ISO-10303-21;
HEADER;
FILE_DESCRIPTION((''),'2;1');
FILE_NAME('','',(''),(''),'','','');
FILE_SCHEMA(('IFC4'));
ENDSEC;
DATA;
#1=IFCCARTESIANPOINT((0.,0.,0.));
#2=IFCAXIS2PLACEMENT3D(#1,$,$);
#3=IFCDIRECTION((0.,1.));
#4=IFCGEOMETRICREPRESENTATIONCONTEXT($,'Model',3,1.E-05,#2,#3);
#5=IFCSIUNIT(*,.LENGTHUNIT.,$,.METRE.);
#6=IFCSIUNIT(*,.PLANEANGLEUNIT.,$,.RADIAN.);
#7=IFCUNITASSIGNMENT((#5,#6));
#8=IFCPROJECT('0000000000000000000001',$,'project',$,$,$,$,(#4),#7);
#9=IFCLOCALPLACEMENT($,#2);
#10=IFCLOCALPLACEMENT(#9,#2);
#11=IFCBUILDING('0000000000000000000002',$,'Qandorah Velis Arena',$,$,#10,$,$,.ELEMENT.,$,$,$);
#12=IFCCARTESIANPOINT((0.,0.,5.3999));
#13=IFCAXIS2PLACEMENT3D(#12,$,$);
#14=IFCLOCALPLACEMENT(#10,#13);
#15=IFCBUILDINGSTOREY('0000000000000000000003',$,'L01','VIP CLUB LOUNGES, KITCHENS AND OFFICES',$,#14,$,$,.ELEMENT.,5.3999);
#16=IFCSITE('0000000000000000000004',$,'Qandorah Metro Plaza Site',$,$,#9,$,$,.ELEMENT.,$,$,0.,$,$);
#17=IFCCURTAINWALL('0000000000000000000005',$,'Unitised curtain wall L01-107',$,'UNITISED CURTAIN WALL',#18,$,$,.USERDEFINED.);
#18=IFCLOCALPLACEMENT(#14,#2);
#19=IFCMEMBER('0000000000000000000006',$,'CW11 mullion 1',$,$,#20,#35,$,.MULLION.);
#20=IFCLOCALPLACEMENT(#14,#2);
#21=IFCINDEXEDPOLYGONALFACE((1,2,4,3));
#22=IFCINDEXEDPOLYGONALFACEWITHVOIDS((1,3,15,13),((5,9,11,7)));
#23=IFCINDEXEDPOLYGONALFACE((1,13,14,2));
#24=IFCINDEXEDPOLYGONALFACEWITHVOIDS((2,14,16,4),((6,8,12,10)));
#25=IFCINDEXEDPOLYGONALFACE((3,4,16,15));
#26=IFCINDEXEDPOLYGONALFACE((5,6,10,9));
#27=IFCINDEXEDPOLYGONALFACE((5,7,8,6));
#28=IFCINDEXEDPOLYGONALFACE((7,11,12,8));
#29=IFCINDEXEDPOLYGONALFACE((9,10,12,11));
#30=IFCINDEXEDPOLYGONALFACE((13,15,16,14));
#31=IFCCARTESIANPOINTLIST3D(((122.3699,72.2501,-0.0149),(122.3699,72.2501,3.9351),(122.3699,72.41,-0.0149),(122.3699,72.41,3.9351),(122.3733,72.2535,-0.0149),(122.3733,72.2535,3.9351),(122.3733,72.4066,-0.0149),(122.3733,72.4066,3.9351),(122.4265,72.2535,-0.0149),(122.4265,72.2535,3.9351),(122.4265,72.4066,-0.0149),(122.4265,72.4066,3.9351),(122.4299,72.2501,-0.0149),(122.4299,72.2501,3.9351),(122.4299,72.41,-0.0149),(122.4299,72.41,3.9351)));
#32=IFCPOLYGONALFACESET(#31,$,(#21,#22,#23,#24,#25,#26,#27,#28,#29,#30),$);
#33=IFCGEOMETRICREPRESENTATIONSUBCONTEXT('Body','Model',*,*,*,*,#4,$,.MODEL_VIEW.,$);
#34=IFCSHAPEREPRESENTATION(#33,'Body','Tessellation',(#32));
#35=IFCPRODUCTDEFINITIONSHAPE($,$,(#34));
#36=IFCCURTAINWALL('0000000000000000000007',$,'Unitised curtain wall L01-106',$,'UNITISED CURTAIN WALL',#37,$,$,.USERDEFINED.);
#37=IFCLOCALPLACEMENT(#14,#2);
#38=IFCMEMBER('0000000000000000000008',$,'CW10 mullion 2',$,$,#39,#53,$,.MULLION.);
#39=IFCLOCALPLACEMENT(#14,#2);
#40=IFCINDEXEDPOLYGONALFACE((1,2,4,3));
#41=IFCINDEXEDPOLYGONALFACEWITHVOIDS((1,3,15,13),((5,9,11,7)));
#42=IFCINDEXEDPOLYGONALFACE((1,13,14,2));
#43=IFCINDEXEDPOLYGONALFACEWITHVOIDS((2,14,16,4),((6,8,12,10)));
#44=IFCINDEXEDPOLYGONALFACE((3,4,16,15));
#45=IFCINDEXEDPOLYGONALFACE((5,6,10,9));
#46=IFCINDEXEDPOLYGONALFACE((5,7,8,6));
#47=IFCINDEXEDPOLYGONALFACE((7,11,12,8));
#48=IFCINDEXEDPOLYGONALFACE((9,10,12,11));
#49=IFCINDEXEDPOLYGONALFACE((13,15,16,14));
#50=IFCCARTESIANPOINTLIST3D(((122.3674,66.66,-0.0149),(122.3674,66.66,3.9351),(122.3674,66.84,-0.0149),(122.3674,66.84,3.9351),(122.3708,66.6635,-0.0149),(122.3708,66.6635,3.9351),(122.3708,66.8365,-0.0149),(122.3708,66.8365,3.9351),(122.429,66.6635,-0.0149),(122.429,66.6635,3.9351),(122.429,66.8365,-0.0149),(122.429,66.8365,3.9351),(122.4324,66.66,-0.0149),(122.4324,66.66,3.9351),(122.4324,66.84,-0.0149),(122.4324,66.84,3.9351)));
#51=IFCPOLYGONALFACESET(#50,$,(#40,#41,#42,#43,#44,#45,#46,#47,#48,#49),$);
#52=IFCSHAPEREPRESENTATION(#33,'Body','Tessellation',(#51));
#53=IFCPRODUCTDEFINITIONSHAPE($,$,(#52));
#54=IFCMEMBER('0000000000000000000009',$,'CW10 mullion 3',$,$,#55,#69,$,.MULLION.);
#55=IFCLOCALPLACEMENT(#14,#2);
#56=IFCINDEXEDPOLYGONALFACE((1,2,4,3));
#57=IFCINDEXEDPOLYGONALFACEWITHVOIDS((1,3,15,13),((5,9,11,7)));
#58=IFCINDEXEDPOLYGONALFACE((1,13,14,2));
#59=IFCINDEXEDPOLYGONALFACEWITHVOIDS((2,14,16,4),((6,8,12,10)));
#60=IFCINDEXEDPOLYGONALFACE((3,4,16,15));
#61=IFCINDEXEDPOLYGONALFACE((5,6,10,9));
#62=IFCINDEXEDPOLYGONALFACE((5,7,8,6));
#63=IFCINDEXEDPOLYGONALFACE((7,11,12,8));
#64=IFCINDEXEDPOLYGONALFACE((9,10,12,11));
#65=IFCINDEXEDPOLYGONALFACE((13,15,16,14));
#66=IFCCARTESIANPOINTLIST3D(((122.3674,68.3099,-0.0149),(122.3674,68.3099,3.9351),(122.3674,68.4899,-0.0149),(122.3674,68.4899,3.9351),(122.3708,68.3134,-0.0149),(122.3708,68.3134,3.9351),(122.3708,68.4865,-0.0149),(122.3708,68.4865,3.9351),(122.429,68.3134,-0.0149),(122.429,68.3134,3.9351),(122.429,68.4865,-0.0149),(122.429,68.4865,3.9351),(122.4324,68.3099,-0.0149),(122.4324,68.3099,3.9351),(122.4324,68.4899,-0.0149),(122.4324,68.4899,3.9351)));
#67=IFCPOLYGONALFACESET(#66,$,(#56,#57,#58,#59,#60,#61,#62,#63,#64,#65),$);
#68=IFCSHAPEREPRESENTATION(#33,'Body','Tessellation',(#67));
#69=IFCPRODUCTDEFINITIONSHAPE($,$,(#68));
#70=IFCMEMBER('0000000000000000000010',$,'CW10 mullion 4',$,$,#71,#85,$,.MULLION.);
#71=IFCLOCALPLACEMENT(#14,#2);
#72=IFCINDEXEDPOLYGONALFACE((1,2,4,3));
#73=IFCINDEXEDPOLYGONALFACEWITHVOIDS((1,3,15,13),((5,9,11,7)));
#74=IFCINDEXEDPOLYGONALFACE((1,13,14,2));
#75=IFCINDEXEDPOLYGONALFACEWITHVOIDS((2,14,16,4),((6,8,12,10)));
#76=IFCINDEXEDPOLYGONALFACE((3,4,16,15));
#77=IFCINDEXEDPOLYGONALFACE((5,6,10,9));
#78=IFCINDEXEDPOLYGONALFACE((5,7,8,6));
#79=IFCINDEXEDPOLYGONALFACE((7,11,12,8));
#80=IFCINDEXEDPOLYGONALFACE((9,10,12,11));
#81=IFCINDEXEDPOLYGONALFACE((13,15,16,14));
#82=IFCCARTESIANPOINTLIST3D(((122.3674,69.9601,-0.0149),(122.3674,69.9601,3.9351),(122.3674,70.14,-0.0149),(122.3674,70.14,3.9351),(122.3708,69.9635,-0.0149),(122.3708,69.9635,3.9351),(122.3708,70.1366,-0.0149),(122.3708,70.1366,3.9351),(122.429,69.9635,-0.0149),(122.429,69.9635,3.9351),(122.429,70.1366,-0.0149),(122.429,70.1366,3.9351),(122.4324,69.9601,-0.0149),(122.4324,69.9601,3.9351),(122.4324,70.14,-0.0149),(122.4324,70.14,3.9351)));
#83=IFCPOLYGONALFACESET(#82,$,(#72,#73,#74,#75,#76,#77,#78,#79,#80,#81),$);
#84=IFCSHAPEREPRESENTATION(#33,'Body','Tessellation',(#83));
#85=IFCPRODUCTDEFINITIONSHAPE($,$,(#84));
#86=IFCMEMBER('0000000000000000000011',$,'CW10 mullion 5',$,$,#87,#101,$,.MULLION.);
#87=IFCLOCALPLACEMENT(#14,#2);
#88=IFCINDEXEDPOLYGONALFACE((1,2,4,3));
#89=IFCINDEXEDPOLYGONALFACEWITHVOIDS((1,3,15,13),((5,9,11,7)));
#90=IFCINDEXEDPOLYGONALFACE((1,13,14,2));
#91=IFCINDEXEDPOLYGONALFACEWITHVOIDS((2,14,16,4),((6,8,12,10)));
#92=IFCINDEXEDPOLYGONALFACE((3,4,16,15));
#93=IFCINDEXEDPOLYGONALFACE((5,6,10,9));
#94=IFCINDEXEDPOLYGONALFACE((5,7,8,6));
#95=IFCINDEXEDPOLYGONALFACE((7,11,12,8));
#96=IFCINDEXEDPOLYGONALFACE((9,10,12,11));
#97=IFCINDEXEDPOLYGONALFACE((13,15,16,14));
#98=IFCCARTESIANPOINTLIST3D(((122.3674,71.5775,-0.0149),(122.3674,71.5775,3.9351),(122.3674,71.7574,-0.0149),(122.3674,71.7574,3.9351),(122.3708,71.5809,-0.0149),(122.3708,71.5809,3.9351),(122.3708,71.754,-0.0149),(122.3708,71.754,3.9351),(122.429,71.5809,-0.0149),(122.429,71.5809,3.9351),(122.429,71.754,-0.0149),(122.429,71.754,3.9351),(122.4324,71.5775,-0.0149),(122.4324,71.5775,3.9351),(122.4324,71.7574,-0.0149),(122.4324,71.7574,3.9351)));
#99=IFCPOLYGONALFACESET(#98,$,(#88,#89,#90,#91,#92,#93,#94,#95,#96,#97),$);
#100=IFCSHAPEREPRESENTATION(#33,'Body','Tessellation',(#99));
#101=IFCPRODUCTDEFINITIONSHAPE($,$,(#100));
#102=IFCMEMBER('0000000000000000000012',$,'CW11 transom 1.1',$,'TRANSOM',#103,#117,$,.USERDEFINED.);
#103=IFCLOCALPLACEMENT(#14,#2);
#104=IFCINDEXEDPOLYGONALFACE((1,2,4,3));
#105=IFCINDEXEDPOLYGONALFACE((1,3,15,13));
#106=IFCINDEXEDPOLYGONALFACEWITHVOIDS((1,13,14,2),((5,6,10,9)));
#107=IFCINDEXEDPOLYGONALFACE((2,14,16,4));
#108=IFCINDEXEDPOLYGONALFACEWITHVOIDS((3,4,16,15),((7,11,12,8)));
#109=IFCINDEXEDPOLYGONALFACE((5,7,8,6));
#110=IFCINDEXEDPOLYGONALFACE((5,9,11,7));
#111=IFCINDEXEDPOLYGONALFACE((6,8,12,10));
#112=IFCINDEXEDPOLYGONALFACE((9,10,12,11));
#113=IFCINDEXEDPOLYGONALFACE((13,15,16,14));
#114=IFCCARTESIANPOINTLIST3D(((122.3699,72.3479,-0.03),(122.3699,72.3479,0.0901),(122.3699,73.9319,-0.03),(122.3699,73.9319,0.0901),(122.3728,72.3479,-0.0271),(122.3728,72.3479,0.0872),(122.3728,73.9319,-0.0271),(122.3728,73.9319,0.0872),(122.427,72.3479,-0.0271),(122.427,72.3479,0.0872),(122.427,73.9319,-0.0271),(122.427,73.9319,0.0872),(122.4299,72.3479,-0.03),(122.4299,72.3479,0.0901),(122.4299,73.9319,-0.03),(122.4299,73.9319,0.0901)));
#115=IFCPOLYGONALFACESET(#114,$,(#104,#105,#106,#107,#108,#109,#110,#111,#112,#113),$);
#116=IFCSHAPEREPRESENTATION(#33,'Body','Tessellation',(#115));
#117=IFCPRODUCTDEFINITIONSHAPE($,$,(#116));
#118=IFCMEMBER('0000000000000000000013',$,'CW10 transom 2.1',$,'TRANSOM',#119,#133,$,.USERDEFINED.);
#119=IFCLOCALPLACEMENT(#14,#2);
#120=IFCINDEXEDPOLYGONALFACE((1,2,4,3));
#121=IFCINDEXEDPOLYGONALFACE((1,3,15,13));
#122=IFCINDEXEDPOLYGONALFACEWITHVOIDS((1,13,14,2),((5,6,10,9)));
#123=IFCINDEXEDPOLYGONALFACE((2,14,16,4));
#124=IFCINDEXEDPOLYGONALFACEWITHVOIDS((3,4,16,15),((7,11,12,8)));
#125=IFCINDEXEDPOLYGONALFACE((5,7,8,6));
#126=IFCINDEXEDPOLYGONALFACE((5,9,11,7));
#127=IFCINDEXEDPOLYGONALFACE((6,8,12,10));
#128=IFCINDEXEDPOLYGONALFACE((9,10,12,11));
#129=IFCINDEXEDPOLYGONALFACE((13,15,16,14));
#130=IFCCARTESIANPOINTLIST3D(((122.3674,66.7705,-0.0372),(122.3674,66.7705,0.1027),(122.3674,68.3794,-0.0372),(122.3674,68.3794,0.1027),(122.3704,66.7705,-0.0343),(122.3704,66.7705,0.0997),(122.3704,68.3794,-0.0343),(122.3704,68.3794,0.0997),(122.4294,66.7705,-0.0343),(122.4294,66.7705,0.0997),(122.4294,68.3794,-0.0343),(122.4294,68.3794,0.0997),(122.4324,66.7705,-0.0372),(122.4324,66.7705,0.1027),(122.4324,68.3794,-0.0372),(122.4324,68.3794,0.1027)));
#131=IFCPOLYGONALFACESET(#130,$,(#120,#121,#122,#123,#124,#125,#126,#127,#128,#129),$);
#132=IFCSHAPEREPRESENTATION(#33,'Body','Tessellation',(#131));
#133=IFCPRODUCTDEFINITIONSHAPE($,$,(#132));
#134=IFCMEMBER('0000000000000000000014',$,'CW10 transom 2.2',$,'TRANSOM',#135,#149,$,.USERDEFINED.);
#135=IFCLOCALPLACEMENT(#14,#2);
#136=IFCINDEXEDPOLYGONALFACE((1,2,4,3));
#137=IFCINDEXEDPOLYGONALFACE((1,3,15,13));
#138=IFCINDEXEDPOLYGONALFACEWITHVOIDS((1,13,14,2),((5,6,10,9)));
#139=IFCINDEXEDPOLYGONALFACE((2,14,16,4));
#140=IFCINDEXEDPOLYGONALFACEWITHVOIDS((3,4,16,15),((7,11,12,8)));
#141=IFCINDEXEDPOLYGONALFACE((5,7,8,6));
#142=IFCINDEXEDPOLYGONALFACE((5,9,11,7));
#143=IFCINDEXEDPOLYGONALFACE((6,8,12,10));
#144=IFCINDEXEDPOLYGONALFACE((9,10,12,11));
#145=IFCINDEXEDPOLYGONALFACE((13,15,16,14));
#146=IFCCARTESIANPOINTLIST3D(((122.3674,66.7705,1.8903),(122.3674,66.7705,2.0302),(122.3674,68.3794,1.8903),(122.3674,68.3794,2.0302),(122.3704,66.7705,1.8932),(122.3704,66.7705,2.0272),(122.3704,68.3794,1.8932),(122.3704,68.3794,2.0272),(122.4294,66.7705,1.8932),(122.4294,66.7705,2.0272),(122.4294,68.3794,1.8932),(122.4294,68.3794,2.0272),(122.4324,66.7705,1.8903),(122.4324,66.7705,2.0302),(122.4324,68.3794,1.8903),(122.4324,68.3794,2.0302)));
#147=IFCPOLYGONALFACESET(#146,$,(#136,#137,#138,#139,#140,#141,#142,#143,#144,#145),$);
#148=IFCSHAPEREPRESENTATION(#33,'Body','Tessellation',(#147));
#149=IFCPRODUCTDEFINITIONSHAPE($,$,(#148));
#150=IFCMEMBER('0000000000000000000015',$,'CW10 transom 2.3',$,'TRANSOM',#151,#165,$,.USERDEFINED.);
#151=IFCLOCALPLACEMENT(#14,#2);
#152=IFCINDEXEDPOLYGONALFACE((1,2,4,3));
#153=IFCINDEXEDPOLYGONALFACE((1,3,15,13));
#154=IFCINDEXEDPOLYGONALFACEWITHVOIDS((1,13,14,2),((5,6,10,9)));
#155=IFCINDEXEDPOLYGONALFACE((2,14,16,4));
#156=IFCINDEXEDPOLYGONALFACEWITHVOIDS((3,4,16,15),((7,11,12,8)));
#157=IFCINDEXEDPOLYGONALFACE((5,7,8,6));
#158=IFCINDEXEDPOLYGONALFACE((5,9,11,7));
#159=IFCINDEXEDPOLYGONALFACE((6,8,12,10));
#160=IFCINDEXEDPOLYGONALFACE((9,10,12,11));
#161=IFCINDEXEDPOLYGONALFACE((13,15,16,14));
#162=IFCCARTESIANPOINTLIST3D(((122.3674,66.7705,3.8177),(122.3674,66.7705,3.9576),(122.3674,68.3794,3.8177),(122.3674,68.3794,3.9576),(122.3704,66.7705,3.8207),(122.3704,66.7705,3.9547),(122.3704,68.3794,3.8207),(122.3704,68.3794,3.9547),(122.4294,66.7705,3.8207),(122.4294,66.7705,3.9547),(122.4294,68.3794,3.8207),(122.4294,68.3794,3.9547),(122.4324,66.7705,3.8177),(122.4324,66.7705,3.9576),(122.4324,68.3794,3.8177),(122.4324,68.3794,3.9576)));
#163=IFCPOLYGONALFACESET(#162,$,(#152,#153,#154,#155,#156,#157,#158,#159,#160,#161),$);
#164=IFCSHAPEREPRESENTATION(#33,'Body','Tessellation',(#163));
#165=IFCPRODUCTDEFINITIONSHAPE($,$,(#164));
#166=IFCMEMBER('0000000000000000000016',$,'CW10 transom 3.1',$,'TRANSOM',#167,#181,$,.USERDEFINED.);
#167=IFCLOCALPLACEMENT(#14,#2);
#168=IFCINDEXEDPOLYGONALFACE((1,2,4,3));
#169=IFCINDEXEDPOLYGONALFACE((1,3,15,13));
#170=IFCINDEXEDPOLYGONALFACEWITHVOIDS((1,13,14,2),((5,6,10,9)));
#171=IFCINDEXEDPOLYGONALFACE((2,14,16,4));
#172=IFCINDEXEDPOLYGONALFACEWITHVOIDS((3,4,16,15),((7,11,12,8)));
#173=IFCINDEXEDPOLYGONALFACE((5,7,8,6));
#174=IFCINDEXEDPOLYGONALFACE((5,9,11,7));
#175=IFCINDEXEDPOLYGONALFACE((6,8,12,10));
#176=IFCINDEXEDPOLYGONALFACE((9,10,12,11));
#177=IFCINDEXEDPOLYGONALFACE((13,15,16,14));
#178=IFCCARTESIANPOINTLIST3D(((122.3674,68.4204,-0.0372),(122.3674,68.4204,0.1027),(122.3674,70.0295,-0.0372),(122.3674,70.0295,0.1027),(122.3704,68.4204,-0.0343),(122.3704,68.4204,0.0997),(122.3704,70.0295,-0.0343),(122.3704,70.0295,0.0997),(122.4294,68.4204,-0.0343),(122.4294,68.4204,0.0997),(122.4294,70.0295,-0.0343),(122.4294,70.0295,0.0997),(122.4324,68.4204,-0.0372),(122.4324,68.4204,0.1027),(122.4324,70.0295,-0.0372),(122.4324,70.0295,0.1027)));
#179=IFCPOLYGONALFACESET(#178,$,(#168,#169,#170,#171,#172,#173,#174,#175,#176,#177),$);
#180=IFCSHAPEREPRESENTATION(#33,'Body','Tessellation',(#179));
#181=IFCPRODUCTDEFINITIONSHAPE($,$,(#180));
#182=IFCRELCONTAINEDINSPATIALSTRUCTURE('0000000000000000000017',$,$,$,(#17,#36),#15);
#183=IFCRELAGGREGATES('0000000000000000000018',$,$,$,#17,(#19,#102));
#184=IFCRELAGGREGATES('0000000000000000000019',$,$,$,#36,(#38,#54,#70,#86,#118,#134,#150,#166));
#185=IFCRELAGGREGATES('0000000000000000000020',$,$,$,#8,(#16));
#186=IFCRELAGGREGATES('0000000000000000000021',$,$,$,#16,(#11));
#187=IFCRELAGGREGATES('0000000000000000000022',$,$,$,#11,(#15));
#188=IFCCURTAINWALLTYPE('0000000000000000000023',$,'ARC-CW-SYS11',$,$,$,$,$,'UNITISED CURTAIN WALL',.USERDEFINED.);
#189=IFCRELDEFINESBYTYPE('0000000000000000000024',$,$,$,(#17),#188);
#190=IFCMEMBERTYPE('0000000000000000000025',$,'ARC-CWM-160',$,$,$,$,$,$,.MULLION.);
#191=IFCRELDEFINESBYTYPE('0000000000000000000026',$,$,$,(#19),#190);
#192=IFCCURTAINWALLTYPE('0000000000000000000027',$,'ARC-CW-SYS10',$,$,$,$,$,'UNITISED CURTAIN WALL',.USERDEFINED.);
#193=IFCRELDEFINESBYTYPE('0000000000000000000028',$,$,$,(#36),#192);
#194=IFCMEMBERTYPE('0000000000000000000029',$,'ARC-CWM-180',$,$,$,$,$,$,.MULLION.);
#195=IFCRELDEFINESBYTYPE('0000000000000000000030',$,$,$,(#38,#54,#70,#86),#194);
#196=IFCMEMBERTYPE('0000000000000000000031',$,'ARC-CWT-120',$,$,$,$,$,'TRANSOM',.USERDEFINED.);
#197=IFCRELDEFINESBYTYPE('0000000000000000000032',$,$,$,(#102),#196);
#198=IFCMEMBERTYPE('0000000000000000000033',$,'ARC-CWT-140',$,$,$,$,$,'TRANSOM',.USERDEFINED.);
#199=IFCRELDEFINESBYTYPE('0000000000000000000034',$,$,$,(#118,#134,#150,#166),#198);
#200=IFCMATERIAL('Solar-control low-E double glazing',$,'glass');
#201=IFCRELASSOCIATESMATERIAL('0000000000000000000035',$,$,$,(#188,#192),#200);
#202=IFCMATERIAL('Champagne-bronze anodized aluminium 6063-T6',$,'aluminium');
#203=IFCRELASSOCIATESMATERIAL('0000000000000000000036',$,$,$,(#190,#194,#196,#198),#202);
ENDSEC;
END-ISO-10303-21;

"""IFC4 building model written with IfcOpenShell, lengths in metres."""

from ifc_helpers import new_model, si_unit, direction, frame, origin, origin_2d, place, context, subcontext, project, spatial, hollow_rectangle, extrude, material, material_profile, profile_set, type_object, element, aggregate, save


model = new_model("IFC4")

# Units and contexts
model_context = context("Model", 3, precision=1e-05, world=origin(), true_north=direction((0.0, 1.0)))
body_context = subcontext(model_context, "Body", "Model", "MODEL_VIEW")
ifc_project = project(units=[si_unit("LENGTHUNIT", "METRE"), si_unit("PLANEANGLEUNIT", "RADIAN")], contexts=[model_context])

# Site, building, storey
site_placement = place(None, origin())
site = spatial("IfcSite", under=ifc_project, at=site_placement, Name="Qandorah Metro Plaza Site", CompositionType="ELEMENT", RefElevation=0.0)
building_placement = place(site_placement, origin())
building = spatial("IfcBuilding", under=site, at=building_placement, Name="Qandorah Velis Arena", CompositionType="ELEMENT")
storey_placement = place(building_placement, frame((0.0, 0.0, 5.3999)))
storey = spatial("IfcBuildingStorey", under=building, at=storey_placement, Name="L01", Description="VIP CLUB LOUNGES, KITCHENS AND OFFICES", CompositionType="ELEMENT", Elevation=5.3999)

# Curtain wall, member
ifc_material_1 = material(Name="Solar-control low-E double glazing", Category="glass")
curtain_wall_type_1 = type_object("IfcCurtainWallType", Name="ARC-CW-SYS11", ElementType="UNITISED CURTAIN WALL", PredefinedType="USERDEFINED", material=ifc_material_1)
curtain_wall_1_placement = place(storey_placement, origin())
curtain_wall_1 = element("IfcCurtainWall", 1, at=curtain_wall_1_placement, inside=storey, type_object=curtain_wall_type_1, Name="Unitised curtain wall L01-107", ObjectType="UNITISED CURTAIN WALL", PredefinedType="USERDEFINED")
ifc_material_2 = material(Name="Champagne-bronze anodized aluminium 6063-T6", Category="aluminium")
ifc_material_profile_1 = material_profile(ifc_material_2, hollow_rectangle(XDim=0.0601, YDim=0.1599, WallThickness=0.0034, at=origin_2d()), Name="ALU MULLION 60x160")
ifc_profile_set_1 = profile_set([ifc_material_profile_1], Name="Champagne-bronze anodized aluminium 6063-T6")
member_type_1 = type_object("IfcMemberType", Name="ARC-CWM-160", PredefinedType="MULLION", material=ifc_profile_set_1)
member_1_placement = place(storey_placement, frame((122.3999, 72.3301, -0.0149), z_axis=(0.0, 0.0, 1.0), x_axis=(-1.0, 0.0, 0.0)))
member_1 = element("IfcMember", 2, at=member_1_placement, type_object=member_type_1, Name="CW11 mullion 1", PredefinedType="MULLION", context=body_context, shape_type="SweptSolid", body=[
    extrude(hollow_rectangle(XDim=0.0601, YDim=0.1599, WallThickness=0.0034, at=origin_2d()), origin(), (0.0, 0.0, 1.0), 3.95),
])

# Curtain wall, members
curtain_wall_type_2 = type_object("IfcCurtainWallType", Name="ARC-CW-SYS10", ElementType="UNITISED CURTAIN WALL", PredefinedType="USERDEFINED", material=ifc_material_1)
curtain_wall_2_placement = place(storey_placement, origin())
curtain_wall_2 = element("IfcCurtainWall", 3, at=curtain_wall_2_placement, inside=storey, type_object=curtain_wall_type_2, Name="Unitised curtain wall L01-106", ObjectType="UNITISED CURTAIN WALL", PredefinedType="USERDEFINED")
ifc_material_profile_2 = material_profile(ifc_material_2, hollow_rectangle(XDim=0.0649, YDim=0.1799, WallThickness=0.0034, at=origin_2d()), Name="ALU MULLION 65x180")
ifc_profile_set_2 = profile_set([ifc_material_profile_2], Name="Champagne-bronze anodized aluminium 6063-T6")
member_type_2 = type_object("IfcMemberType", Name="ARC-CWM-180", PredefinedType="MULLION", material=ifc_profile_set_2)
member_2_placement = place(storey_placement, frame((122.3999, 66.75, -0.0149), z_axis=(0.0, 0.0, 1.0), x_axis=(-1.0, 0.0, 0.0)))
member_2 = element("IfcMember", 4, at=member_2_placement, type_object=member_type_2, Name="CW10 mullion 2", PredefinedType="MULLION", context=body_context, shape_type="SweptSolid", body=[
    extrude(hollow_rectangle(XDim=0.0649, YDim=0.1799, WallThickness=0.0034, at=origin_2d()), origin(), (0.0, 0.0, 1.0), 3.95),
])
member_3_placement = place(storey_placement, frame((122.3999, 68.3999, -0.0149), z_axis=(0.0, 0.0, 1.0), x_axis=(-1.0, 0.0, 0.0)))
member_3 = element("IfcMember", 5, at=member_3_placement, type_object=member_type_2, Name="CW10 mullion 3", PredefinedType="MULLION", context=body_context, shape_type="SweptSolid", body=[
    extrude(hollow_rectangle(XDim=0.0649, YDim=0.1799, WallThickness=0.0034, at=origin_2d()), origin(), (0.0, 0.0, 1.0), 3.95),
])
member_4_placement = place(storey_placement, frame((122.3999, 70.05, -0.0149), z_axis=(0.0, 0.0, 1.0), x_axis=(-1.0, 0.0, 0.0)))
member_4 = element("IfcMember", 6, at=member_4_placement, type_object=member_type_2, Name="CW10 mullion 4", PredefinedType="MULLION", context=body_context, shape_type="SweptSolid", body=[
    extrude(hollow_rectangle(XDim=0.0649, YDim=0.1799, WallThickness=0.0034, at=origin_2d()), origin(), (0.0, 0.0, 1.0), 3.95),
])
member_5_placement = place(storey_placement, frame((122.3999, 71.6675, -0.0149), z_axis=(0.0, 0.0, 1.0), x_axis=(-1.0, 0.0, 0.0)))
member_5 = element("IfcMember", 7, at=member_5_placement, type_object=member_type_2, Name="CW10 mullion 5", PredefinedType="MULLION", context=body_context, shape_type="SweptSolid", body=[
    extrude(hollow_rectangle(XDim=0.0649, YDim=0.1799, WallThickness=0.0034, at=origin_2d()), origin(), (0.0, 0.0, 1.0), 3.95),
])

# Members
ifc_material_profile_3 = material_profile(ifc_material_2, hollow_rectangle(XDim=0.0601, YDim=0.1201, WallThickness=0.0029, at=origin_2d()), Name="ALU TRANSOM 60x120")
ifc_profile_set_3 = profile_set([ifc_material_profile_3], Name="Champagne-bronze anodized aluminium 6063-T6")
member_type_3 = type_object("IfcMemberType", Name="ARC-CWT-120", ElementType="TRANSOM", PredefinedType="USERDEFINED", material=ifc_profile_set_3)
member_6_placement = place(storey_placement, frame((122.3999, 72.3479, 0.03), z_axis=(0.0, 1.0, 0.0), x_axis=(-1.0, 0.0, 0.0)))
member_6 = element("IfcMember", 8, at=member_6_placement, type_object=member_type_3, Name="CW11 transom 1.1", ObjectType="TRANSOM", PredefinedType="USERDEFINED", context=body_context, shape_type="SweptSolid", body=[
    extrude(hollow_rectangle(XDim=0.0601, YDim=0.1201, WallThickness=0.0029, at=origin_2d()), origin(), (0.0, 0.0, 1.0), 1.584),
])
aggregate(curtain_wall_1, [member_1, member_6])
ifc_material_profile_4 = material_profile(ifc_material_2, hollow_rectangle(XDim=0.0649, YDim=0.1399, WallThickness=0.0029, at=origin_2d()), Name="ALU TRANSOM 65x140")
ifc_profile_set_4 = profile_set([ifc_material_profile_4], Name="Champagne-bronze anodized aluminium 6063-T6")
member_type_4 = type_object("IfcMemberType", Name="ARC-CWT-140", ElementType="TRANSOM", PredefinedType="USERDEFINED", material=ifc_profile_set_4)
member_7_placement = place(storey_placement, frame((122.3999, 66.7705, 0.0327), z_axis=(0.0, 1.0, 0.0), x_axis=(-1.0, 0.0, 0.0)))
member_7 = element("IfcMember", 9, at=member_7_placement, type_object=member_type_4, Name="CW10 transom 2.1", ObjectType="TRANSOM", PredefinedType="USERDEFINED", context=body_context, shape_type="SweptSolid", body=[
    extrude(hollow_rectangle(XDim=0.0649, YDim=0.1399, WallThickness=0.0029, at=origin_2d()), origin(), (0.0, 0.0, 1.0), 1.6089),
])
member_8_placement = place(storey_placement, frame((122.3999, 66.7705, 1.9602), z_axis=(0.0, 1.0, 0.0), x_axis=(-1.0, 0.0, 0.0)))
member_8 = element("IfcMember", 10, at=member_8_placement, type_object=member_type_4, Name="CW10 transom 2.2", ObjectType="TRANSOM", PredefinedType="USERDEFINED", context=body_context, shape_type="SweptSolid", body=[
    extrude(hollow_rectangle(XDim=0.0649, YDim=0.1399, WallThickness=0.0029, at=origin_2d()), origin(), (0.0, 0.0, 1.0), 1.6089),
])
member_9_placement = place(storey_placement, frame((122.3999, 66.7705, 3.8877), z_axis=(0.0, 1.0, 0.0), x_axis=(-1.0, 0.0, 0.0)))
member_9 = element("IfcMember", 11, at=member_9_placement, type_object=member_type_4, Name="CW10 transom 2.3", ObjectType="TRANSOM", PredefinedType="USERDEFINED", context=body_context, shape_type="SweptSolid", body=[
    extrude(hollow_rectangle(XDim=0.0649, YDim=0.1399, WallThickness=0.0029, at=origin_2d()), origin(), (0.0, 0.0, 1.0), 1.6089),
])
member_10_placement = place(storey_placement, frame((122.3999, 68.4204, 0.0327), z_axis=(0.0, 1.0, 0.0), x_axis=(-1.0, 0.0, 0.0)))
member_10 = element("IfcMember", 12, at=member_10_placement, type_object=member_type_4, Name="CW10 transom 3.1", ObjectType="TRANSOM", PredefinedType="USERDEFINED", context=body_context, shape_type="SweptSolid", body=[
    extrude(hollow_rectangle(XDim=0.0649, YDim=0.1399, WallThickness=0.0029, at=origin_2d()), origin(), (0.0, 0.0, 1.0), 1.6091),
])

aggregate(curtain_wall_2, [member_2, member_3, member_4, member_5, member_7, member_8, member_9, member_10])

save(model, "model.ifc")
